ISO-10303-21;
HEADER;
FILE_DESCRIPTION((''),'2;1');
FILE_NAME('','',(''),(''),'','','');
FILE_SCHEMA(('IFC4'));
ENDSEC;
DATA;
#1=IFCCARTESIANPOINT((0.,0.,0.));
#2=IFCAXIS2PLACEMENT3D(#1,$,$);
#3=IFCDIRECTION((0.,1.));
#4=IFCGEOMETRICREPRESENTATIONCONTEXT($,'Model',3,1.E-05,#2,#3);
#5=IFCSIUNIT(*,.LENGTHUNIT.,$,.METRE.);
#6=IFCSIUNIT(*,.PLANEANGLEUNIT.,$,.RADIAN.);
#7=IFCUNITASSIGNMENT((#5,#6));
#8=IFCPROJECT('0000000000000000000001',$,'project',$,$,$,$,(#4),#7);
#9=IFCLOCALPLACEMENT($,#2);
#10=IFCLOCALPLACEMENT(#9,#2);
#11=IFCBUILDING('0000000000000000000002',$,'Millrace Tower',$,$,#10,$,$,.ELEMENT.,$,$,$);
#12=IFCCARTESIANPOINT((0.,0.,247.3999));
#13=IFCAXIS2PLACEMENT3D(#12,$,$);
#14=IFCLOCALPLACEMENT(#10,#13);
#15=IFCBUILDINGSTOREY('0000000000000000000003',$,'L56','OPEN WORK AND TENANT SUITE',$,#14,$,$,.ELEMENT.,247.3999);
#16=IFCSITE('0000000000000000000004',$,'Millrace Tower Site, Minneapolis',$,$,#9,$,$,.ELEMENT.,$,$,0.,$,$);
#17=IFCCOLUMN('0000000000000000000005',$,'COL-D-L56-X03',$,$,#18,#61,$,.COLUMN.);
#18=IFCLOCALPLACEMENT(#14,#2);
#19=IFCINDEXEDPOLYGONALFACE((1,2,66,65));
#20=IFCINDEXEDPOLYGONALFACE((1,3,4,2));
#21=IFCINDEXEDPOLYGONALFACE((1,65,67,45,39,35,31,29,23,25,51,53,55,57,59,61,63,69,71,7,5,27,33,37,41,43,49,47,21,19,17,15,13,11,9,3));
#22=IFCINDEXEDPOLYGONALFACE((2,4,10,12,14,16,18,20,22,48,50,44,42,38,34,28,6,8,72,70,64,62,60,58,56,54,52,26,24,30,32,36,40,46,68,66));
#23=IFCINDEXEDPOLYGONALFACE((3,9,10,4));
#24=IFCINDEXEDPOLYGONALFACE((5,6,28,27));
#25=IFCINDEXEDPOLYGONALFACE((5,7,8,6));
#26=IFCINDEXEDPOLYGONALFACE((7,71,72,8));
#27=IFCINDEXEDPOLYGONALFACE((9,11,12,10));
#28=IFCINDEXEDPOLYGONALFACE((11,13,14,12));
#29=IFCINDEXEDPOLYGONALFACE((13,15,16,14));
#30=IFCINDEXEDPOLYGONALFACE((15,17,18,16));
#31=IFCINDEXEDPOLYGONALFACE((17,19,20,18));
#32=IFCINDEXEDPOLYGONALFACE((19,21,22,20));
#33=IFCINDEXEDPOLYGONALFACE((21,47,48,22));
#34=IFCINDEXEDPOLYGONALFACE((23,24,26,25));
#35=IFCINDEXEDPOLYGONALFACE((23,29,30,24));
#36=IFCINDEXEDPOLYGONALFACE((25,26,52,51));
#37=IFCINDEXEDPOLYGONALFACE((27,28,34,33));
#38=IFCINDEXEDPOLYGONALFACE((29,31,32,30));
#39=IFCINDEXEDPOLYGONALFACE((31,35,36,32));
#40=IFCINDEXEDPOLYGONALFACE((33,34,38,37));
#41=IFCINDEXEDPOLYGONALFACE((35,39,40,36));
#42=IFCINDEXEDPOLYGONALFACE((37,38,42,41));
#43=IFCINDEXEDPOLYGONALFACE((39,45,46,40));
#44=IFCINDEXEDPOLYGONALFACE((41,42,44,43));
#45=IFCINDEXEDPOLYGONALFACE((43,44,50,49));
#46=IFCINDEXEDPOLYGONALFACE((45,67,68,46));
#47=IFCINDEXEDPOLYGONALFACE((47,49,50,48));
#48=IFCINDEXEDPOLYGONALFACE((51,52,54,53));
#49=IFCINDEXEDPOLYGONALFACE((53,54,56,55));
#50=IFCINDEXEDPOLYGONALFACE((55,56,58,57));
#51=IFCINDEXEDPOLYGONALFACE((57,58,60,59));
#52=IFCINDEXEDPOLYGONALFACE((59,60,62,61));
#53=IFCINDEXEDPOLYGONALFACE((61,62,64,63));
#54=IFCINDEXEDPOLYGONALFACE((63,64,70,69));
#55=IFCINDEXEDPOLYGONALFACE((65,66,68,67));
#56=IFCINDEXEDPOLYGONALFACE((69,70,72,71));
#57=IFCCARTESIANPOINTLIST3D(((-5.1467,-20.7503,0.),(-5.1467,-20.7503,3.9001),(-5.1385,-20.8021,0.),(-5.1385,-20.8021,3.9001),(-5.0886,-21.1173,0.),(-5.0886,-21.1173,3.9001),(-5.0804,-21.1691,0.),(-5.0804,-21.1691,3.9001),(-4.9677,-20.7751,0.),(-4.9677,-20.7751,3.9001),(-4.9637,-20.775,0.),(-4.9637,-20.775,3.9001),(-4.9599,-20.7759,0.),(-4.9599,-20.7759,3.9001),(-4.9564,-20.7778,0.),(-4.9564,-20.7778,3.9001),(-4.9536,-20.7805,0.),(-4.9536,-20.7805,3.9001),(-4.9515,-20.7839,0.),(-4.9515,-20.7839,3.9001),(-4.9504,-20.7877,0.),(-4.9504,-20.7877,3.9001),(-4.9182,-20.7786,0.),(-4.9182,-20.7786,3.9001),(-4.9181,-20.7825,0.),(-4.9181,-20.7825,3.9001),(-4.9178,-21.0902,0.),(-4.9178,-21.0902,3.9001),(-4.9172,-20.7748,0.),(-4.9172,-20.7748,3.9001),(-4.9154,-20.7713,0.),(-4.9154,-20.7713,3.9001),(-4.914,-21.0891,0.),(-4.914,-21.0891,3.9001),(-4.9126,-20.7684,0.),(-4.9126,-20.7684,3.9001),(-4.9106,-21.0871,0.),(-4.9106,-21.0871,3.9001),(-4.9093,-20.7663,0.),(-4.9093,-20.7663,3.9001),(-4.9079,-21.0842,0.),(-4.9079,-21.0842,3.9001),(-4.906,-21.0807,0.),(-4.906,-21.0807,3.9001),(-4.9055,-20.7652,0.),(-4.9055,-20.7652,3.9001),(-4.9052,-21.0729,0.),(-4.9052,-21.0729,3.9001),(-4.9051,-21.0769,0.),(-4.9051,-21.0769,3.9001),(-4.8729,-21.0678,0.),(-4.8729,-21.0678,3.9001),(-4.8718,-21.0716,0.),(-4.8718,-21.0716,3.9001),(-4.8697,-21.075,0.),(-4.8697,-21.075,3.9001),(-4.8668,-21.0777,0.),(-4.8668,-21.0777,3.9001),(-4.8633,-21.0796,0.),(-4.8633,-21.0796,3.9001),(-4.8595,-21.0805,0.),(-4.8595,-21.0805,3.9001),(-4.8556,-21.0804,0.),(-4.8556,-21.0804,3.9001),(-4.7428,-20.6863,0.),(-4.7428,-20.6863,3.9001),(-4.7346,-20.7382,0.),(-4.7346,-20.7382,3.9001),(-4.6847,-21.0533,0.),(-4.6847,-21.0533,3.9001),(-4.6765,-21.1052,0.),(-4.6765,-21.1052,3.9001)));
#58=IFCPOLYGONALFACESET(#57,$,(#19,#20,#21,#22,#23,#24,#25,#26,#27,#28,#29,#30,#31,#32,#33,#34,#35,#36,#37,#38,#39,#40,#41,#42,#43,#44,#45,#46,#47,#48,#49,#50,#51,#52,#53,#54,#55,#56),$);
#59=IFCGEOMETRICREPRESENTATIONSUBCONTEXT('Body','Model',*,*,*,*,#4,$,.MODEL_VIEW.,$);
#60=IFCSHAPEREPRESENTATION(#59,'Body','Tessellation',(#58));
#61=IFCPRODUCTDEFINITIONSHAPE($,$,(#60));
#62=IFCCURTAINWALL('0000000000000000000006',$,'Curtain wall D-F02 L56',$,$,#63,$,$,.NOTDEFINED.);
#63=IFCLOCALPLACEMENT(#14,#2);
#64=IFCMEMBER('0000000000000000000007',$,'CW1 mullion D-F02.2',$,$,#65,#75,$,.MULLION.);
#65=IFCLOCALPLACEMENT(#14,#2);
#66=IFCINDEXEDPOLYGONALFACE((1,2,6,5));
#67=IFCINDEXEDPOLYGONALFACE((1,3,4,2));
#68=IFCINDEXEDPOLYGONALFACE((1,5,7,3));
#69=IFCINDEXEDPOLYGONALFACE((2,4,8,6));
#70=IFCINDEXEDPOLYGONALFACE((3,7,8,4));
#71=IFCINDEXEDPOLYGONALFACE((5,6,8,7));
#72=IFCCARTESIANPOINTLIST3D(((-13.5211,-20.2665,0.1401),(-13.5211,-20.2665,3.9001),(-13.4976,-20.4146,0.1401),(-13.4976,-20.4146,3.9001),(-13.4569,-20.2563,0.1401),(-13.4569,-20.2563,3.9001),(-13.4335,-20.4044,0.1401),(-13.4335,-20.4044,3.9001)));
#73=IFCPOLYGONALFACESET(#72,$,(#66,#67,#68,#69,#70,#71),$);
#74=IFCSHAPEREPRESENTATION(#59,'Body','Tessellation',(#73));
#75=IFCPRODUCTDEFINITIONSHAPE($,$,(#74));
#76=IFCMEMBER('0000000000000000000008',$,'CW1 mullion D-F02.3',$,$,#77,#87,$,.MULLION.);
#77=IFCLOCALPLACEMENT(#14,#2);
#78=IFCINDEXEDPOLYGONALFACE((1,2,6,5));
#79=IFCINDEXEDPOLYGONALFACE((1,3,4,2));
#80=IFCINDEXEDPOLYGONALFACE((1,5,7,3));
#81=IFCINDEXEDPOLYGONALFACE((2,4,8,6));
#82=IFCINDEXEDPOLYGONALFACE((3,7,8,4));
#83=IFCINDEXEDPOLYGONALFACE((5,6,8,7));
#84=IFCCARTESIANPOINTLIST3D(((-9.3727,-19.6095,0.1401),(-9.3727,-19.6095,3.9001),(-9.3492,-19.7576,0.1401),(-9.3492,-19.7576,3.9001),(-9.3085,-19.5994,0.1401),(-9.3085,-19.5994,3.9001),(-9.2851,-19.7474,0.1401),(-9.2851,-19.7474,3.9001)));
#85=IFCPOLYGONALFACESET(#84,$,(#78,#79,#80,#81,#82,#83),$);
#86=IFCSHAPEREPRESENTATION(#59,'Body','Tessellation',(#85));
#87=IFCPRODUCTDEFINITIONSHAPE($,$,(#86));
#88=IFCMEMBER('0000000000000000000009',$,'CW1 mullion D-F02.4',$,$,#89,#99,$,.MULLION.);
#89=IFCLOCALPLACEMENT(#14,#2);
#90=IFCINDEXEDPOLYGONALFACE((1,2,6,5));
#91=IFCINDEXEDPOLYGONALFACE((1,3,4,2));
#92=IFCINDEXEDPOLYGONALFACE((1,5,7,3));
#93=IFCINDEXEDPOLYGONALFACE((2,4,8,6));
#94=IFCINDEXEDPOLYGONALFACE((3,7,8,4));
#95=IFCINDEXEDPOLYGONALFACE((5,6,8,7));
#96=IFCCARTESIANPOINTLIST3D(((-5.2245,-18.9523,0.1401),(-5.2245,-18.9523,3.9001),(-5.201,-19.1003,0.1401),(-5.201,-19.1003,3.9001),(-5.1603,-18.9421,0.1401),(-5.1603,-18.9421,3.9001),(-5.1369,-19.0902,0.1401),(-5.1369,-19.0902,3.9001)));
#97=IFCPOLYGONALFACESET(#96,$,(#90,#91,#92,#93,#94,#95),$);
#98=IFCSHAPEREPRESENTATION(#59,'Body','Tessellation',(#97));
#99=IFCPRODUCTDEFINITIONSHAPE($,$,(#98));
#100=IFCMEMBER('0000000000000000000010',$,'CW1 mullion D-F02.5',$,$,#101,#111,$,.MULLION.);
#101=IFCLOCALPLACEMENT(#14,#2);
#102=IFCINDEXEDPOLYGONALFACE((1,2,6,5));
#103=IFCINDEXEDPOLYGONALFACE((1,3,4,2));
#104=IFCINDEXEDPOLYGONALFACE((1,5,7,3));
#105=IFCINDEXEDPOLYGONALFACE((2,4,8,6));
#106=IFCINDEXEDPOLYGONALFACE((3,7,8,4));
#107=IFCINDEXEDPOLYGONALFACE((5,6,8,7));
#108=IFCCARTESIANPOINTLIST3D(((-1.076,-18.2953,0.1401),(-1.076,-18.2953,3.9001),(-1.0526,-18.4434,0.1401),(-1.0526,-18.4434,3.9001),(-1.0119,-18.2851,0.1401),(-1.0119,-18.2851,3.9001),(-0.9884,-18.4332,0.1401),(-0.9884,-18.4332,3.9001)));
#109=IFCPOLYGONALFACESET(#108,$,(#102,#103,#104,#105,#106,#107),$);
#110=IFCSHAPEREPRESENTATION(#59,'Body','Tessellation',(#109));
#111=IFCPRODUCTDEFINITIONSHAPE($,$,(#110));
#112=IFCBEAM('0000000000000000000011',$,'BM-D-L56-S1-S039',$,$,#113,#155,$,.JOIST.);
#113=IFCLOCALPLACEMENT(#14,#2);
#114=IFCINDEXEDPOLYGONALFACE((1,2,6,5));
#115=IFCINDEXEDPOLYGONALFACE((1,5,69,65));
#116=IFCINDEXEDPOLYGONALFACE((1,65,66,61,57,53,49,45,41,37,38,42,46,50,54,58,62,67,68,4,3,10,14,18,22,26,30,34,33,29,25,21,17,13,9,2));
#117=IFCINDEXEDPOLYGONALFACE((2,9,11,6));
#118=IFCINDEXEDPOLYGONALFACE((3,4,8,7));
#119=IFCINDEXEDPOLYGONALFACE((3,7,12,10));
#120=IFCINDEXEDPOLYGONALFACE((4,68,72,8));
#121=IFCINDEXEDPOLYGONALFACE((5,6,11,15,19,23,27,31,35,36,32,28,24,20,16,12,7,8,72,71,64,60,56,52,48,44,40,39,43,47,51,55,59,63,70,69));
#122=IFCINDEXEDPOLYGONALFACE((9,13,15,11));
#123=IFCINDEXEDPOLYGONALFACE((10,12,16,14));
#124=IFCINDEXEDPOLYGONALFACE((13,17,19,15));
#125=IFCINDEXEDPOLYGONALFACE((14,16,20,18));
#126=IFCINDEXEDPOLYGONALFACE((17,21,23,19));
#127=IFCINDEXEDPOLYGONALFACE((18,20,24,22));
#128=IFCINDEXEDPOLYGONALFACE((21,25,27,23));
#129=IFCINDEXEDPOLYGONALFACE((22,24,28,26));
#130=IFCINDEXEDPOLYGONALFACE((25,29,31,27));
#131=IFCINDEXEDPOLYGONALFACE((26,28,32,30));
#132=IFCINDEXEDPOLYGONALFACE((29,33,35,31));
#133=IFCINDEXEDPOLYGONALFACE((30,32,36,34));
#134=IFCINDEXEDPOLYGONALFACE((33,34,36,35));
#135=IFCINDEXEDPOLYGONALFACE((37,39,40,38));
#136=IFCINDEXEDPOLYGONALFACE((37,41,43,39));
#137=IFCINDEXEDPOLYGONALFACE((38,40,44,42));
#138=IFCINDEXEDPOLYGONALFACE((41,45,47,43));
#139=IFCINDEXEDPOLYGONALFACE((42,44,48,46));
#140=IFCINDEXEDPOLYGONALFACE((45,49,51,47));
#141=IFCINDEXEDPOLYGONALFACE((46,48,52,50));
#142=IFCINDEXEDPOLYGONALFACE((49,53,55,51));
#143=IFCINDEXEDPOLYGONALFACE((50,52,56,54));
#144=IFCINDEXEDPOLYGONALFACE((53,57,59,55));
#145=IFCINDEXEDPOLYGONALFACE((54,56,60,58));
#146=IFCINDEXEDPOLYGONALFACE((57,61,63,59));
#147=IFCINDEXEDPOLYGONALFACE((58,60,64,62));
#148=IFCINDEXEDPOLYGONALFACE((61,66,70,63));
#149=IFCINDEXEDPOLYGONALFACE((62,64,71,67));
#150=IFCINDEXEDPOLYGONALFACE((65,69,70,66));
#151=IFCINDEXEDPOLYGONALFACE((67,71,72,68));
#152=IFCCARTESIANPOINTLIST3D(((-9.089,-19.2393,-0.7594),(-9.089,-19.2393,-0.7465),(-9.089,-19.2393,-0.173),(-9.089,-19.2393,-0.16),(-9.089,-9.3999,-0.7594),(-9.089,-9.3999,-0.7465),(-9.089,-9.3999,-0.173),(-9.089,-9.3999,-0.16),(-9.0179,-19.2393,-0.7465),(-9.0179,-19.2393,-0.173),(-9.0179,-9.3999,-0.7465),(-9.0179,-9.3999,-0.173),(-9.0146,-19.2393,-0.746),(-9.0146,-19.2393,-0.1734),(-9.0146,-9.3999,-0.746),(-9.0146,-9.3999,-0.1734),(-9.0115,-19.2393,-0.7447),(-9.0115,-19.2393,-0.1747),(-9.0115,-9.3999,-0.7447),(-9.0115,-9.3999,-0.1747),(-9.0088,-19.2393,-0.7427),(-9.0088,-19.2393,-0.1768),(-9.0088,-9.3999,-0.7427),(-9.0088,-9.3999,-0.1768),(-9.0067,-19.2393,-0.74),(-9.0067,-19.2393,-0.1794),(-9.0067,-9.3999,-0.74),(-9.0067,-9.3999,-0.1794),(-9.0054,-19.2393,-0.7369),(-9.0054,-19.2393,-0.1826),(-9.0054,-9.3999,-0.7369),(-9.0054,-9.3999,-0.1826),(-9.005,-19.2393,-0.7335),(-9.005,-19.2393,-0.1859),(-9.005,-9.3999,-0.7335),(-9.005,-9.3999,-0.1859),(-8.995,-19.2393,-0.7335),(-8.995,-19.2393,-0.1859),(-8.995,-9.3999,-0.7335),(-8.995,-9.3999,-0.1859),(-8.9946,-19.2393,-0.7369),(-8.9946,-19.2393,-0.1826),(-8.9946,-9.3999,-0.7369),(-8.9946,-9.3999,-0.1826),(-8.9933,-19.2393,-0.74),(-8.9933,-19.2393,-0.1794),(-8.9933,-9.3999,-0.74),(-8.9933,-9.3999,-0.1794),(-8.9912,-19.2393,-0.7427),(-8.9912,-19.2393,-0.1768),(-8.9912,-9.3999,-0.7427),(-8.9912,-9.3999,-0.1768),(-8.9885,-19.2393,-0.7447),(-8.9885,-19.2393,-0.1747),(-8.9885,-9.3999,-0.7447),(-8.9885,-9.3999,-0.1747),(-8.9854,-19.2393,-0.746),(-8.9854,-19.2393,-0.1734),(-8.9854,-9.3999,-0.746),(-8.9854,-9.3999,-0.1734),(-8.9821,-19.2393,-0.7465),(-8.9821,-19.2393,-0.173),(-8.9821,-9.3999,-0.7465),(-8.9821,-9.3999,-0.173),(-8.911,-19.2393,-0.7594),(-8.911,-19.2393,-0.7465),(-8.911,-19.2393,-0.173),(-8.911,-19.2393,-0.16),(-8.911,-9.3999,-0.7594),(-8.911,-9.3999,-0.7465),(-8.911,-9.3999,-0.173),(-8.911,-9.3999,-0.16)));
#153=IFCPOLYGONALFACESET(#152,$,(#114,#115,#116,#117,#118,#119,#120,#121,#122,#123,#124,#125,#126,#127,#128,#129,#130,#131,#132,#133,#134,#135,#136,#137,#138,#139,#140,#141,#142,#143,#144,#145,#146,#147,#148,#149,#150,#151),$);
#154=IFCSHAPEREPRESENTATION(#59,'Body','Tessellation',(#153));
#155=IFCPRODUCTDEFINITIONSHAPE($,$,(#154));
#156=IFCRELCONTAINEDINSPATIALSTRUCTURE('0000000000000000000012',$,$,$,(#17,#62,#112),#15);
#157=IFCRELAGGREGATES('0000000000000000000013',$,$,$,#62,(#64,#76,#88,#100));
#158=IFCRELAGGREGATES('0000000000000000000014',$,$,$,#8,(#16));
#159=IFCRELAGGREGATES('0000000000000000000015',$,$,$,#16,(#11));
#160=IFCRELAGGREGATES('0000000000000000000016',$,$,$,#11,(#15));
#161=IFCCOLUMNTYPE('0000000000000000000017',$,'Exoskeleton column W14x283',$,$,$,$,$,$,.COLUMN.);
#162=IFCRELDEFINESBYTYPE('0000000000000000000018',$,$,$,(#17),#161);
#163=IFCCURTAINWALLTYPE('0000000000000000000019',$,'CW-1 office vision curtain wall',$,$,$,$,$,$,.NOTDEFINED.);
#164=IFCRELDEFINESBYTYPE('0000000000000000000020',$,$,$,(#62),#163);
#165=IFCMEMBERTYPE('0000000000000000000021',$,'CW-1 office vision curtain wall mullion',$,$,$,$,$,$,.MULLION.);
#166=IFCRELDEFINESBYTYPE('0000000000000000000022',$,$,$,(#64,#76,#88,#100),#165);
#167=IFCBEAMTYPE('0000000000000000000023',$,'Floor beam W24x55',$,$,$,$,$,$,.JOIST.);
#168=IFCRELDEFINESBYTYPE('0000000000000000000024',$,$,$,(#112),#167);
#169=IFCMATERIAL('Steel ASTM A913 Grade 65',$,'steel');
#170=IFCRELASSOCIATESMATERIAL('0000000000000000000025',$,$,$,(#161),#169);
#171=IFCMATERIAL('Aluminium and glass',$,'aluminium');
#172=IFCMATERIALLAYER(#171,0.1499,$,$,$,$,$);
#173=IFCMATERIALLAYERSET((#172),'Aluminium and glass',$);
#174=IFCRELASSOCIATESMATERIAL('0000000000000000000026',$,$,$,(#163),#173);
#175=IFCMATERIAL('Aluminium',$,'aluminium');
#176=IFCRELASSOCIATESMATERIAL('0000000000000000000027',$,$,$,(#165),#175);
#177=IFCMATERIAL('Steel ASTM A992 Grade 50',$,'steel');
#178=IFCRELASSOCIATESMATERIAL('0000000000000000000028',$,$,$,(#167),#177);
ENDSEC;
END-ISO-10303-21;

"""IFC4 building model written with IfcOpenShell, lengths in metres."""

from ifc_helpers import new_model, si_unit, direction, frame, origin, origin_2d, place, context, subcontext, project, spatial, rectangle, i_section, extrude, material, layer, layer_set, material_profile, profile_set, type_object, element, aggregate, save


model = new_model("IFC4")

# Units and contexts
model_context = context("Model", 3, precision=1e-05, world=origin(), true_north=direction((0.0, 1.0)))
body_context = subcontext(model_context, "Body", "Model", "MODEL_VIEW")
ifc_project = project(units=[si_unit("LENGTHUNIT", "METRE"), si_unit("PLANEANGLEUNIT", "RADIAN")], contexts=[model_context])

# Site, building, storey
site_placement = place(None, origin())
site = spatial("IfcSite", under=ifc_project, at=site_placement, Name="Millrace Tower Site, Minneapolis", CompositionType="ELEMENT", RefElevation=0.0)
building_placement = place(site_placement, origin())
building = spatial("IfcBuilding", under=site, at=building_placement, Name="Millrace Tower", CompositionType="ELEMENT")
storey_placement = place(building_placement, frame((0.0, 0.0, 247.3999)))
storey = spatial("IfcBuildingStorey", under=building, at=storey_placement, Name="L56", Description="OPEN WORK AND TENANT SUITE", CompositionType="ELEMENT", Elevation=247.3999)

# Column
ifc_material_1 = material(Name="Steel ASTM A913 Grade 65", Category="steel")
ifc_material_profile_1 = material_profile(ifc_material_1, i_section(OverallWidth=0.4089, OverallDepth=0.4241, WebThickness=0.0327, FlangeThickness=0.0525, FilletRadius=0.0151, at=origin_2d()))
ifc_profile_set_1 = profile_set([ifc_material_profile_1], Name="Steel ASTM A913 Grade 65")
column_type = type_object("IfcColumnType", Name="Exoskeleton column W14x283", PredefinedType="COLUMN", material=ifc_profile_set_1)
column_placement = place(storey_placement, frame((-4.9116, -20.9277, 0.0), z_axis=(0.0, 0.0, 1.0), x_axis=(0.987688, 0.156434, 0.0)))
element("IfcColumn", 1, at=column_placement, inside=storey, type_object=column_type, Name="COL-D-L56-X03", PredefinedType="COLUMN", context=body_context, shape_type="SweptSolid", body=[
    extrude(i_section(OverallWidth=0.4089, OverallDepth=0.4241, WebThickness=0.0327, FlangeThickness=0.0525, FilletRadius=0.0151, at=origin_2d()), origin(), (0.0, 0.0, 1.0), 3.9001),
])

# Curtain wall, members
ifc_material_2 = material(Name="Aluminium and glass", Category="aluminium")
ifc_layer_1 = layer(ifc_material_2, 0.1499)
ifc_layer_set_1 = layer_set([ifc_layer_1], Name="Aluminium and glass")
curtain_wall_type = type_object("IfcCurtainWallType", Name="CW-1 office vision curtain wall", PredefinedType="NOTDEFINED", material=ifc_layer_set_1)
curtain_wall_placement = place(storey_placement, origin())
curtain_wall = element("IfcCurtainWall", 2, at=curtain_wall_placement, inside=storey, type_object=curtain_wall_type, Name="Curtain wall D-F02 L56", PredefinedType="NOTDEFINED")
ifc_material_3 = material(Name="Aluminium", Category="aluminium")
ifc_material_profile_2 = material_profile(ifc_material_3, rectangle(XDim=0.0649, YDim=0.1499, at=origin_2d()))
ifc_profile_set_2 = profile_set([ifc_material_profile_2], Name="Aluminium")
member_type = type_object("IfcMemberType", Name="CW-1 office vision curtain wall mullion", PredefinedType="MULLION", material=ifc_profile_set_2)
member_1_placement = place(storey_placement, frame((-13.4773, -20.3354, 0.1401), z_axis=(0.0, 0.0, 1.0), x_axis=(0.987688, 0.156434, 0.0)))
member_1 = element("IfcMember", 3, at=member_1_placement, type_object=member_type, Name="CW1 mullion D-F02.2", PredefinedType="MULLION", context=body_context, shape_type="SweptSolid", body=[
    extrude(rectangle(XDim=0.0649, YDim=0.1499, at=origin_2d()), origin(), (0.0, 0.0, 1.0), 3.76),
])
member_2_placement = place(storey_placement, frame((-9.3289, -19.6785, 0.1401), z_axis=(0.0, 0.0, 1.0), x_axis=(0.987688, 0.156434, 0.0)))
member_2 = element("IfcMember", 4, at=member_2_placement, type_object=member_type, Name="CW1 mullion D-F02.3", PredefinedType="MULLION", context=body_context, shape_type="SweptSolid", body=[
    extrude(rectangle(XDim=0.0649, YDim=0.1499, at=origin_2d()), origin(), (0.0, 0.0, 1.0), 3.76),
])
member_3_placement = place(storey_placement, frame((-5.1807, -19.0212, 0.1401), z_axis=(0.0, 0.0, 1.0), x_axis=(0.987688, 0.156434, 0.0)))
member_3 = element("IfcMember", 5, at=member_3_placement, type_object=member_type, Name="CW1 mullion D-F02.4", PredefinedType="MULLION", context=body_context, shape_type="SweptSolid", body=[
    extrude(rectangle(XDim=0.0649, YDim=0.1499, at=origin_2d()), origin(), (0.0, 0.0, 1.0), 3.76),
])
member_4_placement = place(storey_placement, frame((-1.0322, -18.3643, 0.1401), z_axis=(0.0, 0.0, 1.0), x_axis=(0.987688, 0.156434, 0.0)))
member_4 = element("IfcMember", 6, at=member_4_placement, type_object=member_type, Name="CW1 mullion D-F02.5", PredefinedType="MULLION", context=body_context, shape_type="SweptSolid", body=[
    extrude(rectangle(XDim=0.0649, YDim=0.1499, at=origin_2d()), origin(), (0.0, 0.0, 1.0), 3.76),
])
aggregate(curtain_wall, [member_1, member_2, member_3, member_4])

# Beam
ifc_material_4 = material(Name="Steel ASTM A992 Grade 50", Category="steel")
ifc_material_profile_3 = material_profile(ifc_material_4, i_section(OverallWidth=0.178, OverallDepth=0.5994, WebThickness=0.01, FlangeThickness=0.0129, FilletRadius=0.0129, at=origin_2d()))
ifc_profile_set_3 = profile_set([ifc_material_profile_3], Name="Steel ASTM A992 Grade 50")
beam_type_1 = type_object("IfcBeamType", Name="Floor beam W24x55", PredefinedType="JOIST", material=ifc_profile_set_3)
beam_1_placement = place(storey_placement, frame((-9.0, -19.2393, -0.4597), z_axis=(0.0, 1.0, 0.0), x_axis=(-1.0, 0.0, 0.0)))
element("IfcBeam", 7, at=beam_1_placement, inside=storey, type_object=beam_type_1, Name="BM-D-L56-S1-S039", PredefinedType="JOIST", context=body_context, shape_type="SweptSolid", body=[
    extrude(i_section(OverallWidth=0.178, OverallDepth=0.5994, WebThickness=0.01, FlangeThickness=0.0129, FilletRadius=0.0129, at=origin_2d()), origin(), (0.0, 0.0, 1.0), 9.8394),
])

save(model, "model.ifc")
